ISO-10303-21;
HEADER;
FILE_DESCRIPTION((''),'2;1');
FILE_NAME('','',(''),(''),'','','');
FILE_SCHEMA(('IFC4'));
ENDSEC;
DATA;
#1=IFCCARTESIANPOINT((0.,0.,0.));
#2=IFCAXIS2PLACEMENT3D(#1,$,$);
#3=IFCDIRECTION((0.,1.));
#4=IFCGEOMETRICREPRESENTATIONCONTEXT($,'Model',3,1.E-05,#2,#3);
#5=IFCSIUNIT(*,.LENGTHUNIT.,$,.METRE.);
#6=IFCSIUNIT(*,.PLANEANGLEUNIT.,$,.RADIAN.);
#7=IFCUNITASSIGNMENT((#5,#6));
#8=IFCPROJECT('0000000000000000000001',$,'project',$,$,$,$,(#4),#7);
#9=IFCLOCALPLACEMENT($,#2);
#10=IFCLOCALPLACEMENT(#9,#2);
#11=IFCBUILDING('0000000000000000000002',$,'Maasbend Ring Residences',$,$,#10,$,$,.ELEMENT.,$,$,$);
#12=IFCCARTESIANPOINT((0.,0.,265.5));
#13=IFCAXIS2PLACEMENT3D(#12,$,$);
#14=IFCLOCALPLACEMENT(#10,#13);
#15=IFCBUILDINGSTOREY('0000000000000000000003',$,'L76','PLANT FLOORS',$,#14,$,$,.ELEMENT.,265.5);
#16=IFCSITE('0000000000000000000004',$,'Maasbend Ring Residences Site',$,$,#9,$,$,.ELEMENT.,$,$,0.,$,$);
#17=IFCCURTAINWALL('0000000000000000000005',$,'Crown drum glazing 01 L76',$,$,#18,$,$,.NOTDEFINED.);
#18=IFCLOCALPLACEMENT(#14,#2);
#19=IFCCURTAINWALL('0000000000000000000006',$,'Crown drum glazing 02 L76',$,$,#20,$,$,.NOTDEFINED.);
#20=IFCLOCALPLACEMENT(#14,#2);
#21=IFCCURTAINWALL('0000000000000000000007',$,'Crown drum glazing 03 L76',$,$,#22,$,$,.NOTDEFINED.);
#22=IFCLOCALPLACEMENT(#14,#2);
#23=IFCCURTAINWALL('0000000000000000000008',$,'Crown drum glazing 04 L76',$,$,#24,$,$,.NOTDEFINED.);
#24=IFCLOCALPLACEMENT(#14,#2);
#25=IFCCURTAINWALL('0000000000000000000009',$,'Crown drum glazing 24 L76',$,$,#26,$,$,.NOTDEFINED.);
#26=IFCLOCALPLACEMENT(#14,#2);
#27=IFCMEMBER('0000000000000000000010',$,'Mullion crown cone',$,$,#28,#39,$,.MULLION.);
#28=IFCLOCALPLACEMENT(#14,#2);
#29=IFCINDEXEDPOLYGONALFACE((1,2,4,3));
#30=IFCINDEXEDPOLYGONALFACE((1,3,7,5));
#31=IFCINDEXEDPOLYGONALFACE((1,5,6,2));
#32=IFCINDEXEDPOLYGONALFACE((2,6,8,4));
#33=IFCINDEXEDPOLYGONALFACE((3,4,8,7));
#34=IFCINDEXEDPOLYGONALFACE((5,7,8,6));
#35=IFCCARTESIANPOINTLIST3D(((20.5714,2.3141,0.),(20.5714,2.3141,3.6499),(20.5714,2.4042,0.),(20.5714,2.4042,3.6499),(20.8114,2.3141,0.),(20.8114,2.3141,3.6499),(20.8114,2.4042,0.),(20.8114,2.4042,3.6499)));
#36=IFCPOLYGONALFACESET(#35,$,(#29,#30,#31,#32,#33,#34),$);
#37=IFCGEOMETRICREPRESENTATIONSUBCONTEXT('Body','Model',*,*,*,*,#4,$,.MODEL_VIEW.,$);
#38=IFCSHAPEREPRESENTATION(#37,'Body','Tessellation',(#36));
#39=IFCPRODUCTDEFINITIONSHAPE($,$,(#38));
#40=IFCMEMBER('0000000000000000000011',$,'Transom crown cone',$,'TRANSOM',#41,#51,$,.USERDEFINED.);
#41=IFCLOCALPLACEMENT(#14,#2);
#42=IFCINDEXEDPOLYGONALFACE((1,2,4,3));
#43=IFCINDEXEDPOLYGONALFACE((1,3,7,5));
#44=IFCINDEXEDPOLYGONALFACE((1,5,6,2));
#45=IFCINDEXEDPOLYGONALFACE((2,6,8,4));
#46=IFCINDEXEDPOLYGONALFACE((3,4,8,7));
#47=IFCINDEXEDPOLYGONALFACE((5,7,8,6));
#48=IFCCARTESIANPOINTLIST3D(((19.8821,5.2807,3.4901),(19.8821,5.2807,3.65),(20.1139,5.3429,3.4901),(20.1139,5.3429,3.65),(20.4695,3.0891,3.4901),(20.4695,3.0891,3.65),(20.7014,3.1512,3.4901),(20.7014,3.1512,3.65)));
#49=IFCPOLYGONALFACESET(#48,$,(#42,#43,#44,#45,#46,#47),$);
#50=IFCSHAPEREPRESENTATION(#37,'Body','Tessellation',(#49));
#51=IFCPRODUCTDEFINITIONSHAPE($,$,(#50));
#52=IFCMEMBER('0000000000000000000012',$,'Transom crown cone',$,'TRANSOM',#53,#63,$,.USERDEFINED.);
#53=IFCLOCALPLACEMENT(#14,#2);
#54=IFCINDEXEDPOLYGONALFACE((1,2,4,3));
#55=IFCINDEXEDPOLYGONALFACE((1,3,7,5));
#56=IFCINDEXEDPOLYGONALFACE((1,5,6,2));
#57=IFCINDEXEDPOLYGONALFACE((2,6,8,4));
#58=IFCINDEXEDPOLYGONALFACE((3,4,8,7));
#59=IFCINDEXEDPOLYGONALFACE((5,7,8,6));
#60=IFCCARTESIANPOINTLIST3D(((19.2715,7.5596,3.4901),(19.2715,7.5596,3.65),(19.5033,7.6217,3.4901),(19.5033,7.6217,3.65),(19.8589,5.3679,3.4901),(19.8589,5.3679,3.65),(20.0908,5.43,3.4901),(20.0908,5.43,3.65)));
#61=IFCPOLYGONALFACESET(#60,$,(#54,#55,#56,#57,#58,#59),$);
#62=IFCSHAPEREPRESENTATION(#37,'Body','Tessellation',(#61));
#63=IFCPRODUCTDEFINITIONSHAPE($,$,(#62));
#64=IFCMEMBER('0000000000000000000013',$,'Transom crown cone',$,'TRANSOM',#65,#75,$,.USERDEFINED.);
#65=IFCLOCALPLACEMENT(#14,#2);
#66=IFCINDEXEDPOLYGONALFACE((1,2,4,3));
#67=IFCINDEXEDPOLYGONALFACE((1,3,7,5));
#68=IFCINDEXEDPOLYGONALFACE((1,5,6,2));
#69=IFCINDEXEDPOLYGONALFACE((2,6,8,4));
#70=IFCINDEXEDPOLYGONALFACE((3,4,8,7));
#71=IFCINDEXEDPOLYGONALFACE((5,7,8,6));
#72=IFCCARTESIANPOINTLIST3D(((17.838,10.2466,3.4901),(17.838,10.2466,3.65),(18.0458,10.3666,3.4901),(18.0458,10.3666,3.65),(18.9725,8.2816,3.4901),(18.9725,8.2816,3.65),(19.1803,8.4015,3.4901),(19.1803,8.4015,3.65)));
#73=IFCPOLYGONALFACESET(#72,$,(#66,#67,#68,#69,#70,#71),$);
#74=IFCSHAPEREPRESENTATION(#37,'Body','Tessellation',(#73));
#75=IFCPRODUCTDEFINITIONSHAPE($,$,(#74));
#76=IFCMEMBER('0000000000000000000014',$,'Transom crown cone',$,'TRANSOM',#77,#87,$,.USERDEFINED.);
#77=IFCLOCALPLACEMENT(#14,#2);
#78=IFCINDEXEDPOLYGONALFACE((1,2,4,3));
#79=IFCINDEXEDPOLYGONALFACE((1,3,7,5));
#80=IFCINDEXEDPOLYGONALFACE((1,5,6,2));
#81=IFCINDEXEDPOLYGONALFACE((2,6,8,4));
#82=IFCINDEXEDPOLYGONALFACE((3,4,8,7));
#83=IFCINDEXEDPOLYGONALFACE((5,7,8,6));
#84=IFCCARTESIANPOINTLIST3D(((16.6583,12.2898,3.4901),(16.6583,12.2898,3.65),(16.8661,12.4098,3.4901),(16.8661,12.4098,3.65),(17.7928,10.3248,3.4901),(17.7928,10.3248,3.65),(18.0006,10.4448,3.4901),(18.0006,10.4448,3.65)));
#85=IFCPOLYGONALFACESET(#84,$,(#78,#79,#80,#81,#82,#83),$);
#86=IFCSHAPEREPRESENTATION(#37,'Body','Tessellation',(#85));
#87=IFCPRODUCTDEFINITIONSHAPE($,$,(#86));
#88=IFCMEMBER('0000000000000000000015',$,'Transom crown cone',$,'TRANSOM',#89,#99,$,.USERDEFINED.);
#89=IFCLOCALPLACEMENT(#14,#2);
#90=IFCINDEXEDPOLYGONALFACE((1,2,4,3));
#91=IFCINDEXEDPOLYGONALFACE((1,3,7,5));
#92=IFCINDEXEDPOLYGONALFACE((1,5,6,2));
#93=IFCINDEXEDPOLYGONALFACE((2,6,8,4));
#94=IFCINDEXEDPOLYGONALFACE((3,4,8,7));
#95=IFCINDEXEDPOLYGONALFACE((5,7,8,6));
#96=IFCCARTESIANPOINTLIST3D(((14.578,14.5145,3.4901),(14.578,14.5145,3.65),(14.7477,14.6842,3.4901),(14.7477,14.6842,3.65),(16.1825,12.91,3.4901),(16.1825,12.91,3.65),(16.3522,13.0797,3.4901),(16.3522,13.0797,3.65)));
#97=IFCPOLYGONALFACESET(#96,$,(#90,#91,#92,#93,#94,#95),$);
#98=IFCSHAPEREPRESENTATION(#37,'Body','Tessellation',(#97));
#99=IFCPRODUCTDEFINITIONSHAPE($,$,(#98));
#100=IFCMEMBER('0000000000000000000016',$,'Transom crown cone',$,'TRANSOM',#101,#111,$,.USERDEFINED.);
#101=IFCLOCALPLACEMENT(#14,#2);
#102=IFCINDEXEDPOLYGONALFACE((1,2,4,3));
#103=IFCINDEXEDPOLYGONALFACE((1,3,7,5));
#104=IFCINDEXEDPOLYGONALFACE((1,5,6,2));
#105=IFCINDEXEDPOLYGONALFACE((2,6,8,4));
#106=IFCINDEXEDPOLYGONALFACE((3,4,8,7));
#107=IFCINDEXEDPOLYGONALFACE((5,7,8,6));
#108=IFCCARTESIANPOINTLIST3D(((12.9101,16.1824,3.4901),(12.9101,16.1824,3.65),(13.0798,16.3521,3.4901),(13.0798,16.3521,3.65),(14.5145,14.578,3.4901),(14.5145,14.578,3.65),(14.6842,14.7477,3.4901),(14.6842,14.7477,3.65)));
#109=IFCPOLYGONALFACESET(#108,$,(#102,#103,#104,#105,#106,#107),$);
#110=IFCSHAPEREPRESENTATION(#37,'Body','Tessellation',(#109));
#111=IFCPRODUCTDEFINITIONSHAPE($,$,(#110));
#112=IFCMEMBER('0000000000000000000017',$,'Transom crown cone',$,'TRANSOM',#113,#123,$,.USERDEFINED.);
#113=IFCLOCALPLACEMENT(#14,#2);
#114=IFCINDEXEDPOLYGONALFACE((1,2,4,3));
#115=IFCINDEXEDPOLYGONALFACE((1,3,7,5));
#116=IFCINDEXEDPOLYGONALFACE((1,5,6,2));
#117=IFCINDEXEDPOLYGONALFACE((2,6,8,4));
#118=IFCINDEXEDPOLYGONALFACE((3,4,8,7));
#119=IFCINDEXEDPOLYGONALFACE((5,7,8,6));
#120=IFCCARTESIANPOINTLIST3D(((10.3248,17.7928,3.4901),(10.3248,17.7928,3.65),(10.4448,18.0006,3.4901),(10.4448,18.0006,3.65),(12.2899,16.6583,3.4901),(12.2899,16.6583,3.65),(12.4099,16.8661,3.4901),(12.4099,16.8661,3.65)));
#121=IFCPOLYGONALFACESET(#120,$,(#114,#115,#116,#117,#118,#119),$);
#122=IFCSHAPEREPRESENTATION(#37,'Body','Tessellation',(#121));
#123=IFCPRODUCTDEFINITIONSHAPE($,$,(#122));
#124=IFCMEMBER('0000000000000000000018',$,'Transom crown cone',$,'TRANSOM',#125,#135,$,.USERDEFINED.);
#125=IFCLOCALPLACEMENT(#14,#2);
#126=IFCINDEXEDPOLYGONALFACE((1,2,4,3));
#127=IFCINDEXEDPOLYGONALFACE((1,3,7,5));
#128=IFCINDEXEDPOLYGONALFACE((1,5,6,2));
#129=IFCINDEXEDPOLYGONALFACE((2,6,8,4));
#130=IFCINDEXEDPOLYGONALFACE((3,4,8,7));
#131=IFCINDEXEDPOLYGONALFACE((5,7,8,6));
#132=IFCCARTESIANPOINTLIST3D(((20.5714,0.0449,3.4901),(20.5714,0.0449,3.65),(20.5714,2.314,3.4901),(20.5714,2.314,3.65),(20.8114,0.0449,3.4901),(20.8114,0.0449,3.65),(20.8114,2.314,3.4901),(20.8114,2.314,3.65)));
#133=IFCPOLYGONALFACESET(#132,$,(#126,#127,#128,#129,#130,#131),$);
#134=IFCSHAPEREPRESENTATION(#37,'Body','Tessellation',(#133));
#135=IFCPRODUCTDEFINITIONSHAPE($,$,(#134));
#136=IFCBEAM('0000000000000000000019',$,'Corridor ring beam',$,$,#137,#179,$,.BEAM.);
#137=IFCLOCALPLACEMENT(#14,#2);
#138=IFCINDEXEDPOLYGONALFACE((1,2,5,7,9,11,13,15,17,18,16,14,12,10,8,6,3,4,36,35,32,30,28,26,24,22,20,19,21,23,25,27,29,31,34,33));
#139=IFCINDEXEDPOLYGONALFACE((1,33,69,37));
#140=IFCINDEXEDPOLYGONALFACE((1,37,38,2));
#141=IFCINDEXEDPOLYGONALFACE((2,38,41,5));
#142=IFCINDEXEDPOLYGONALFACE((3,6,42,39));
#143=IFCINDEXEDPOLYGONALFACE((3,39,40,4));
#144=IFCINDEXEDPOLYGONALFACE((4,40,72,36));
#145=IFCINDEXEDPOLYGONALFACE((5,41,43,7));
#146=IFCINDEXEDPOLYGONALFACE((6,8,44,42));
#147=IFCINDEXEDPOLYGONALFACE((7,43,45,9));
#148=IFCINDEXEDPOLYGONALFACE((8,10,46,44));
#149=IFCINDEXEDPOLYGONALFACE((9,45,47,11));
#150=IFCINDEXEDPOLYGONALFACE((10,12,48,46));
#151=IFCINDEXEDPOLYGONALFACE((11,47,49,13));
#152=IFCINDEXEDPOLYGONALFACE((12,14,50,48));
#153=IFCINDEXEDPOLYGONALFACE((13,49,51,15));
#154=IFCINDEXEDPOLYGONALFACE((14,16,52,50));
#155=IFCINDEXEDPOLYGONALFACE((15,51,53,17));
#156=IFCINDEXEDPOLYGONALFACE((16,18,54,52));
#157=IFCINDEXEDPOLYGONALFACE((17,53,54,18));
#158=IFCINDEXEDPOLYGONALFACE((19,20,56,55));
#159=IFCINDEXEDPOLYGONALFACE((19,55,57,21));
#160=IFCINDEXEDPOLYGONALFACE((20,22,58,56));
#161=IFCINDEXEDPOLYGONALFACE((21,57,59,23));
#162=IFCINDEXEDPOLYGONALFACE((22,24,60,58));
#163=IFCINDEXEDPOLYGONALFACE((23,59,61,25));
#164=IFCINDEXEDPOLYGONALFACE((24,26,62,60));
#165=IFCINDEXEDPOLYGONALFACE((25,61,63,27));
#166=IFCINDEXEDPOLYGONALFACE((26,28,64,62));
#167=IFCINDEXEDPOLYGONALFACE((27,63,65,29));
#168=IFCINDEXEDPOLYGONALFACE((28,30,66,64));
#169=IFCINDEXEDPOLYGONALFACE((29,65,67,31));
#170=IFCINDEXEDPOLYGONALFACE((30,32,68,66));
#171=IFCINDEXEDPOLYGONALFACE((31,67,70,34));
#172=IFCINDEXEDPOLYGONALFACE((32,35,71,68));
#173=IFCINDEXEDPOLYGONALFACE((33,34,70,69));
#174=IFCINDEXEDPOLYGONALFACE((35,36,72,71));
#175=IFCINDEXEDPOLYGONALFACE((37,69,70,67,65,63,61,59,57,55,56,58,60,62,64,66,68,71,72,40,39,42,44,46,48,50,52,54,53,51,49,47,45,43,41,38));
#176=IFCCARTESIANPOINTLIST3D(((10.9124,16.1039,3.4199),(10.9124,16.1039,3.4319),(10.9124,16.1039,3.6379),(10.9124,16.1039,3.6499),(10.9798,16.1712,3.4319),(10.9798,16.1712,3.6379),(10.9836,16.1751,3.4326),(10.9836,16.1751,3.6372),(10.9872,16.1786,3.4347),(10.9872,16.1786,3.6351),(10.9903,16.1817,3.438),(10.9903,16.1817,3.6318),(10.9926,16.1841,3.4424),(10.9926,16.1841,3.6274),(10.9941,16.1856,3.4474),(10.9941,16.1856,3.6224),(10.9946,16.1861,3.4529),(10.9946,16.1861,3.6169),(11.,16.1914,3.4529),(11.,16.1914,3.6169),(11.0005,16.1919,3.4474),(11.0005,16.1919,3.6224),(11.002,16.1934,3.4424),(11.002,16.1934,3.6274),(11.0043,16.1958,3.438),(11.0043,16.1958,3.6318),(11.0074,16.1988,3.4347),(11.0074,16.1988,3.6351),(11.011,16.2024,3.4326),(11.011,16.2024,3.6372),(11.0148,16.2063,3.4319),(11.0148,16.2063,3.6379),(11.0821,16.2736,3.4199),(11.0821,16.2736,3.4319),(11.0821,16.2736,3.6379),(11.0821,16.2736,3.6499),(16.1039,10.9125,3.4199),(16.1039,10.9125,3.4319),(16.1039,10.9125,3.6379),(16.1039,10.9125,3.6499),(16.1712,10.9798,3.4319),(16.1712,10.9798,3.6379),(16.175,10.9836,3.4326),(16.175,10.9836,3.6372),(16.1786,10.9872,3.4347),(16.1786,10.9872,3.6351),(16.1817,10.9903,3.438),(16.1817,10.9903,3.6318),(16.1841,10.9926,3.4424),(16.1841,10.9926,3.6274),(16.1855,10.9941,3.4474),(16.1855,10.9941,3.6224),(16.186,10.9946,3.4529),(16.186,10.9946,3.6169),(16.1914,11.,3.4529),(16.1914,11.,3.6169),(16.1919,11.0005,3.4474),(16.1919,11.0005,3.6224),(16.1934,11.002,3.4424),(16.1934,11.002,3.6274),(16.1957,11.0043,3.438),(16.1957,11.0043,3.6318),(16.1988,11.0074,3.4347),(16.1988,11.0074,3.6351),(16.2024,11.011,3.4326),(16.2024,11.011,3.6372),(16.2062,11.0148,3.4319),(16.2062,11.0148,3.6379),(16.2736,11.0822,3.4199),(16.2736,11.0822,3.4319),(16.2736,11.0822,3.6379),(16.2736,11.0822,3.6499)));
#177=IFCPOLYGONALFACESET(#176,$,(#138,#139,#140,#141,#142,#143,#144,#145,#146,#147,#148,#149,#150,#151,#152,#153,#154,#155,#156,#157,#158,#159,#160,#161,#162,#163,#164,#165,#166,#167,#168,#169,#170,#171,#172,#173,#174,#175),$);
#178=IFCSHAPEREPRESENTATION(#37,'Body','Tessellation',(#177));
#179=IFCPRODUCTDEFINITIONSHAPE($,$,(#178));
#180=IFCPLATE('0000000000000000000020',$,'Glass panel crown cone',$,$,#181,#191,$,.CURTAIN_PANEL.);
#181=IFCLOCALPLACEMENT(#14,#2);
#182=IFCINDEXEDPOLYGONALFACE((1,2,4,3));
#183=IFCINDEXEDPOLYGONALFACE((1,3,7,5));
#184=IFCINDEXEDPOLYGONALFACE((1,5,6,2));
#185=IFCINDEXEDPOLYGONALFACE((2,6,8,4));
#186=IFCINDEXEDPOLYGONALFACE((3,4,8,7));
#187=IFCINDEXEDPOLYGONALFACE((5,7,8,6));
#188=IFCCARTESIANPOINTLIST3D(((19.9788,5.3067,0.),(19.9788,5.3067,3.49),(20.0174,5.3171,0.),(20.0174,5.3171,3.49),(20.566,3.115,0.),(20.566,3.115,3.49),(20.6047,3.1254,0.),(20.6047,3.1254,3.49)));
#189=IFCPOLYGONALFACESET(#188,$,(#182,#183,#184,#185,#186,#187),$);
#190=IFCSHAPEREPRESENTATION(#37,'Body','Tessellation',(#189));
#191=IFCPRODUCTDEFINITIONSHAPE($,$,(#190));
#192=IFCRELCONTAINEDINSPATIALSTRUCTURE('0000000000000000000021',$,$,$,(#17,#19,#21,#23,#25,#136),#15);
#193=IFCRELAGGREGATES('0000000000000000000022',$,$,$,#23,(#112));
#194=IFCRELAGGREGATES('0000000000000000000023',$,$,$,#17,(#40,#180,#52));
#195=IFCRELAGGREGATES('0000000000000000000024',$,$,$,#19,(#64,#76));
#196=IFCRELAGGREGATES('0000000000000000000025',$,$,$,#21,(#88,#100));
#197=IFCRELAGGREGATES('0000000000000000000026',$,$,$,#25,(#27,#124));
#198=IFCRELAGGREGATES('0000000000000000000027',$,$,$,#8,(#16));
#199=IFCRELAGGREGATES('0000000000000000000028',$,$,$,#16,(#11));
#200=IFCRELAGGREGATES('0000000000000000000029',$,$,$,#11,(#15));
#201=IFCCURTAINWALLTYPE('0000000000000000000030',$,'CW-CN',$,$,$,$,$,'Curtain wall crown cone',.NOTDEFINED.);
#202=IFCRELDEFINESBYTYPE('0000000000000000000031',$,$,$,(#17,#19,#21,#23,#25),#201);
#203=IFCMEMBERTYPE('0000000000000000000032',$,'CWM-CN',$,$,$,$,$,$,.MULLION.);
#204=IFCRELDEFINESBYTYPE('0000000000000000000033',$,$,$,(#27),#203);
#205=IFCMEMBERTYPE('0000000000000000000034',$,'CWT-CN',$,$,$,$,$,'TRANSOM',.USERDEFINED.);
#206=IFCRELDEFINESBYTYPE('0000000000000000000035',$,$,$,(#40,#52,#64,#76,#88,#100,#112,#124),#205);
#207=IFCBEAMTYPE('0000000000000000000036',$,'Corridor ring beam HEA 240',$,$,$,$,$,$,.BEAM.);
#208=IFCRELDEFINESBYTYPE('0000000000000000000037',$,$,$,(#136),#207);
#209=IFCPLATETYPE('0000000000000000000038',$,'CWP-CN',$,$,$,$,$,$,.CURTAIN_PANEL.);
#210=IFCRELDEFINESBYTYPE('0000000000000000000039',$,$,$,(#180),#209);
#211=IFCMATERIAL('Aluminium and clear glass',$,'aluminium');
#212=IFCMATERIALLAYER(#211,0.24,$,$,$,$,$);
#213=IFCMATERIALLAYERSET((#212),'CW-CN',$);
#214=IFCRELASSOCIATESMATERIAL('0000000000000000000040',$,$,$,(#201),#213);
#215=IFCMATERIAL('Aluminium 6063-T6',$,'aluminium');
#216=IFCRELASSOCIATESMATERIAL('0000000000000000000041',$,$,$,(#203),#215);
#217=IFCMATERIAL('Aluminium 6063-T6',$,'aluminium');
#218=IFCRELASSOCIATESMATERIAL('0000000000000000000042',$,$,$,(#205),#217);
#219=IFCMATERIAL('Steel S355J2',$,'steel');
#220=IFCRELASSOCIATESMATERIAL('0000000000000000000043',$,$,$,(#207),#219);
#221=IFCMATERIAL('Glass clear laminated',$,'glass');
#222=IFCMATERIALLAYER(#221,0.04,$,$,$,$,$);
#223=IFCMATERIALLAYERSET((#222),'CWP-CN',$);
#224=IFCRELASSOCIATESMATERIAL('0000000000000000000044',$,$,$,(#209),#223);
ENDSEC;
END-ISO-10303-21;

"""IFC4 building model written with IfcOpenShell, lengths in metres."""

from ifc_helpers import new_model, si_unit, direction, frame, origin, origin_2d, place, context, subcontext, project, spatial, rectangle, i_section, extrude, material, layer, layer_set, material_profile, profile_set, type_object, element, aggregate, save


model = new_model("IFC4")

# Units and contexts
model_context = context("Model", 3, precision=1e-05, world=origin(), true_north=direction((0.0, 1.0)))
body_context = subcontext(model_context, "Body", "Model", "MODEL_VIEW")
ifc_project = project(units=[si_unit("LENGTHUNIT", "METRE"), si_unit("PLANEANGLEUNIT", "RADIAN")], contexts=[model_context])

# Site, building, storey
site_placement = place(None, origin())
site = spatial("IfcSite", under=ifc_project, at=site_placement, Name="Maasbend Ring Residences Site", CompositionType="ELEMENT", RefElevation=0.0)
building_placement = place(site_placement, origin())
building = spatial("IfcBuilding", under=site, at=building_placement, Name="Maasbend Ring Residences", CompositionType="ELEMENT")
storey_placement = place(building_placement, frame((0.0, 0.0, 265.5)))
storey = spatial("IfcBuildingStorey", under=building, at=storey_placement, Name="L76", Description="PLANT FLOORS", CompositionType="ELEMENT", Elevation=265.5)

# Curtain walls
ifc_material_1 = material(Name="Aluminium and clear glass", Category="aluminium")
ifc_layer_1 = layer(ifc_material_1, 0.24)
ifc_layer_set_1 = layer_set([ifc_layer_1], Name="CW-CN")
curtain_wall_type = type_object("IfcCurtainWallType", Name="CW-CN", ElementType="Curtain wall crown cone", PredefinedType="NOTDEFINED", material=ifc_layer_set_1)
curtain_wall_1_placement = place(storey_placement, origin())
curtain_wall_1 = element("IfcCurtainWall", 1, at=curtain_wall_1_placement, inside=storey, type_object=curtain_wall_type, Name="Crown drum glazing 01 L76", PredefinedType="NOTDEFINED")
ifc_material_2 = material(Name="Aluminium 6063-T6", Category="aluminium")
ifc_material_profile_1 = material_profile(ifc_material_2, rectangle(XDim=0.24, YDim=0.0901, at=origin_2d()), Name="AL 240x90")
ifc_profile_set_1 = profile_set([ifc_material_profile_1], Name="Aluminium 6063-T6")
member_type_1 = type_object("IfcMemberType", Name="CWM-CN", PredefinedType="MULLION", material=ifc_profile_set_1)
curtain_wall_2_placement = place(storey_placement, origin())
curtain_wall_2 = element("IfcCurtainWall", 2, at=curtain_wall_2_placement, inside=storey, type_object=curtain_wall_type, Name="Crown drum glazing 02 L76", PredefinedType="NOTDEFINED")
curtain_wall_3_placement = place(storey_placement, origin())
curtain_wall_3 = element("IfcCurtainWall", 3, at=curtain_wall_3_placement, inside=storey, type_object=curtain_wall_type, Name="Crown drum glazing 03 L76", PredefinedType="NOTDEFINED")

# Curtain wall
curtain_wall_4_placement = place(storey_placement, origin())
curtain_wall_4 = element("IfcCurtainWall", 4, at=curtain_wall_4_placement, inside=storey, type_object=curtain_wall_type, Name="Crown drum glazing 04 L76", PredefinedType="NOTDEFINED")

# Curtain wall, member
curtain_wall_5_placement = place(storey_placement, origin())
curtain_wall_5 = element("IfcCurtainWall", 5, at=curtain_wall_5_placement, inside=storey, type_object=curtain_wall_type, Name="Crown drum glazing 24 L76", PredefinedType="NOTDEFINED")
member_1_placement = place(storey_placement, frame((20.6914, 2.3591, 0.0), z_axis=(0.0, 0.0, 1.0), x_axis=(-1.0, 0.0, 0.0)))
member_1 = element("IfcMember", 6, at=member_1_placement, type_object=member_type_1, Name="Mullion crown cone", PredefinedType="MULLION", context=body_context, shape_type="SweptSolid", body=[
    extrude(rectangle(XDim=0.24, YDim=0.0901, at=origin_2d()), origin(), (0.0, 0.0, 1.0), 3.6499),
])

# Members
ifc_material_3 = material(Name="Aluminium 6063-T6", Category="aluminium")
ifc_material_profile_2 = material_profile(ifc_material_3, rectangle(XDim=0.24, YDim=0.1599, at=origin_2d()), Name="AL 240x160")
ifc_profile_set_2 = profile_set([ifc_material_profile_2], Name="Aluminium 6063-T6")
member_type_2 = type_object("IfcMemberType", Name="CWT-CN", ElementType="TRANSOM", PredefinedType="USERDEFINED", material=ifc_profile_set_2)
member_2_placement = place(storey_placement, frame((20.5854, 3.1201, 3.5701), z_axis=(-0.258881, 0.965909, 0.0), x_axis=(-0.965909, -0.258881, 0.0)))
member_2 = element("IfcMember", 7, at=member_2_placement, type_object=member_type_2, Name="Transom crown cone", ObjectType="TRANSOM", PredefinedType="USERDEFINED", context=body_context, shape_type="SweptSolid", body=[
    extrude(rectangle(XDim=0.24, YDim=0.1599, at=origin_2d()), origin(), (0.0, 0.0, 1.0), 2.269),
])
member_3_placement = place(storey_placement, frame((19.9749, 5.3989, 3.5701), z_axis=(-0.258881, 0.965909, 0.0), x_axis=(-0.965909, -0.258881, 0.0)))
member_3 = element("IfcMember", 8, at=member_3_placement, type_object=member_type_2, Name="Transom crown cone", ObjectType="TRANSOM", PredefinedType="USERDEFINED", context=body_context, shape_type="SweptSolid", body=[
    extrude(rectangle(XDim=0.24, YDim=0.1599, at=origin_2d()), origin(), (0.0, 0.0, 1.0), 2.269),
])
member_4_placement = place(storey_placement, frame((19.0764, 8.3416, 3.5701), z_axis=(-0.499993, 0.86603, 0.0), x_axis=(-0.86603, -0.499993, 0.0)))
member_4 = element("IfcMember", 9, at=member_4_placement, type_object=member_type_2, Name="Transom crown cone", ObjectType="TRANSOM", PredefinedType="USERDEFINED", context=body_context, shape_type="SweptSolid", body=[
    extrude(rectangle(XDim=0.24, YDim=0.1599, at=origin_2d()), origin(), (0.0, 0.0, 1.0), 2.269),
])
member_5_placement = place(storey_placement, frame((17.8967, 10.3848, 3.5701), z_axis=(-0.499993, 0.86603, 0.0), x_axis=(-0.86603, -0.499993, 0.0)))
member_5 = element("IfcMember", 10, at=member_5_placement, type_object=member_type_2, Name="Transom crown cone", ObjectType="TRANSOM", PredefinedType="USERDEFINED", context=body_context, shape_type="SweptSolid", body=[
    extrude(rectangle(XDim=0.24, YDim=0.1599, at=origin_2d()), origin(), (0.0, 0.0, 1.0), 2.269),
])
member_6_placement = place(storey_placement, frame((16.2673, 12.9949, 3.5701), z_axis=(-0.707107, 0.707107, 0.0), x_axis=(-0.707107, -0.707107, 0.0)))
member_6 = element("IfcMember", 11, at=member_6_placement, type_object=member_type_2, Name="Transom crown cone", ObjectType="TRANSOM", PredefinedType="USERDEFINED", context=body_context, shape_type="SweptSolid", body=[
    extrude(rectangle(XDim=0.24, YDim=0.1599, at=origin_2d()), origin(), (0.0, 0.0, 1.0), 2.269),
])
member_7_placement = place(storey_placement, frame((14.5994, 14.6628, 3.5701), z_axis=(-0.707107, 0.707107, 0.0), x_axis=(-0.707107, -0.707107, 0.0)))
member_7 = element("IfcMember", 12, at=member_7_placement, type_object=member_type_2, Name="Transom crown cone", ObjectType="TRANSOM", PredefinedType="USERDEFINED", context=body_context, shape_type="SweptSolid", body=[
    extrude(rectangle(XDim=0.24, YDim=0.1599, at=origin_2d()), origin(), (0.0, 0.0, 1.0), 2.269),
])
member_8_placement = place(storey_placement, frame((12.3499, 16.7622, 3.5701), z_axis=(-0.86603, 0.499993, 0.0), x_axis=(-0.499993, -0.86603, 0.0)))
member_8 = element("IfcMember", 13, at=member_8_placement, type_object=member_type_2, Name="Transom crown cone", ObjectType="TRANSOM", PredefinedType="USERDEFINED", context=body_context, shape_type="SweptSolid", body=[
    extrude(rectangle(XDim=0.24, YDim=0.1599, at=origin_2d()), origin(), (0.0, 0.0, 1.0), 2.269),
])
aggregate(curtain_wall_4, [member_8])
member_9_placement = place(storey_placement, frame((20.6914, 0.0449, 3.5701), z_axis=(0.0, 1.0, 0.0), x_axis=(-1.0, 0.0, 0.0)))
member_9 = element("IfcMember", 14, at=member_9_placement, type_object=member_type_2, Name="Transom crown cone", ObjectType="TRANSOM", PredefinedType="USERDEFINED", context=body_context, shape_type="SweptSolid", body=[
    extrude(rectangle(XDim=0.24, YDim=0.1599, at=origin_2d()), origin(), (0.0, 0.0, 1.0), 2.269),
])

# Beam
ifc_material_4 = material(Name="Steel S355J2", Category="steel")
ifc_material_profile_3 = material_profile(ifc_material_4, i_section(OverallWidth=0.24, OverallDepth=0.23, WebThickness=0.0076, FlangeThickness=0.012, FilletRadius=0.021, at=origin_2d()), Name="HEA 240")
ifc_profile_set_3 = profile_set([ifc_material_profile_3], Name="Steel S355J2")
beam_type = type_object("IfcBeamType", Name="Corridor ring beam HEA 240", PredefinedType="BEAM", material=ifc_profile_set_3)
beam_placement = place(storey_placement, frame((16.1887, 10.9973, 3.5349), z_axis=(-0.707107, 0.707107, 0.0), x_axis=(-0.707107, -0.707107, 0.0)))
element("IfcBeam", 15, at=beam_placement, inside=storey, type_object=beam_type, Name="Corridor ring beam", PredefinedType="BEAM", context=body_context, shape_type="SweptSolid", body=[
    extrude(i_section(OverallWidth=0.24, OverallDepth=0.23, WebThickness=0.0076, FlangeThickness=0.012, FilletRadius=0.021, at=origin_2d()), origin(), (0.0, 0.0, 1.0), 7.3418),
])

# Plate
ifc_material_5 = material(Name="Glass clear laminated", Category="glass")
ifc_layer_2 = layer(ifc_material_5, 0.04)
ifc_layer_set_2 = layer_set([ifc_layer_2], Name="CWP-CN")
plate_type = type_object("IfcPlateType", Name="CWP-CN", PredefinedType="CURTAIN_PANEL", material=ifc_layer_set_2)
plate_1_placement = place(storey_placement, frame((20.2917, 4.2161, 0.0), z_axis=(0.0, 0.0, 1.0), x_axis=(-0.258819, 0.965926, 0.0)))
plate_1 = element("IfcPlate", 16, at=plate_1_placement, type_object=plate_type, Name="Glass panel crown cone", PredefinedType="CURTAIN_PANEL", context=body_context, shape_type="SweptSolid", body=[
    extrude(rectangle(XDim=2.269, YDim=0.04, at=origin_2d()), origin(), (0.0, 0.0, 1.0), 3.49),
])
aggregate(curtain_wall_1, [member_2, plate_1, member_3])
aggregate(curtain_wall_2, [member_4, member_5])
aggregate(curtain_wall_3, [member_6, member_7])
aggregate(curtain_wall_5, [member_1, member_9])

save(model, "model.ifc")
